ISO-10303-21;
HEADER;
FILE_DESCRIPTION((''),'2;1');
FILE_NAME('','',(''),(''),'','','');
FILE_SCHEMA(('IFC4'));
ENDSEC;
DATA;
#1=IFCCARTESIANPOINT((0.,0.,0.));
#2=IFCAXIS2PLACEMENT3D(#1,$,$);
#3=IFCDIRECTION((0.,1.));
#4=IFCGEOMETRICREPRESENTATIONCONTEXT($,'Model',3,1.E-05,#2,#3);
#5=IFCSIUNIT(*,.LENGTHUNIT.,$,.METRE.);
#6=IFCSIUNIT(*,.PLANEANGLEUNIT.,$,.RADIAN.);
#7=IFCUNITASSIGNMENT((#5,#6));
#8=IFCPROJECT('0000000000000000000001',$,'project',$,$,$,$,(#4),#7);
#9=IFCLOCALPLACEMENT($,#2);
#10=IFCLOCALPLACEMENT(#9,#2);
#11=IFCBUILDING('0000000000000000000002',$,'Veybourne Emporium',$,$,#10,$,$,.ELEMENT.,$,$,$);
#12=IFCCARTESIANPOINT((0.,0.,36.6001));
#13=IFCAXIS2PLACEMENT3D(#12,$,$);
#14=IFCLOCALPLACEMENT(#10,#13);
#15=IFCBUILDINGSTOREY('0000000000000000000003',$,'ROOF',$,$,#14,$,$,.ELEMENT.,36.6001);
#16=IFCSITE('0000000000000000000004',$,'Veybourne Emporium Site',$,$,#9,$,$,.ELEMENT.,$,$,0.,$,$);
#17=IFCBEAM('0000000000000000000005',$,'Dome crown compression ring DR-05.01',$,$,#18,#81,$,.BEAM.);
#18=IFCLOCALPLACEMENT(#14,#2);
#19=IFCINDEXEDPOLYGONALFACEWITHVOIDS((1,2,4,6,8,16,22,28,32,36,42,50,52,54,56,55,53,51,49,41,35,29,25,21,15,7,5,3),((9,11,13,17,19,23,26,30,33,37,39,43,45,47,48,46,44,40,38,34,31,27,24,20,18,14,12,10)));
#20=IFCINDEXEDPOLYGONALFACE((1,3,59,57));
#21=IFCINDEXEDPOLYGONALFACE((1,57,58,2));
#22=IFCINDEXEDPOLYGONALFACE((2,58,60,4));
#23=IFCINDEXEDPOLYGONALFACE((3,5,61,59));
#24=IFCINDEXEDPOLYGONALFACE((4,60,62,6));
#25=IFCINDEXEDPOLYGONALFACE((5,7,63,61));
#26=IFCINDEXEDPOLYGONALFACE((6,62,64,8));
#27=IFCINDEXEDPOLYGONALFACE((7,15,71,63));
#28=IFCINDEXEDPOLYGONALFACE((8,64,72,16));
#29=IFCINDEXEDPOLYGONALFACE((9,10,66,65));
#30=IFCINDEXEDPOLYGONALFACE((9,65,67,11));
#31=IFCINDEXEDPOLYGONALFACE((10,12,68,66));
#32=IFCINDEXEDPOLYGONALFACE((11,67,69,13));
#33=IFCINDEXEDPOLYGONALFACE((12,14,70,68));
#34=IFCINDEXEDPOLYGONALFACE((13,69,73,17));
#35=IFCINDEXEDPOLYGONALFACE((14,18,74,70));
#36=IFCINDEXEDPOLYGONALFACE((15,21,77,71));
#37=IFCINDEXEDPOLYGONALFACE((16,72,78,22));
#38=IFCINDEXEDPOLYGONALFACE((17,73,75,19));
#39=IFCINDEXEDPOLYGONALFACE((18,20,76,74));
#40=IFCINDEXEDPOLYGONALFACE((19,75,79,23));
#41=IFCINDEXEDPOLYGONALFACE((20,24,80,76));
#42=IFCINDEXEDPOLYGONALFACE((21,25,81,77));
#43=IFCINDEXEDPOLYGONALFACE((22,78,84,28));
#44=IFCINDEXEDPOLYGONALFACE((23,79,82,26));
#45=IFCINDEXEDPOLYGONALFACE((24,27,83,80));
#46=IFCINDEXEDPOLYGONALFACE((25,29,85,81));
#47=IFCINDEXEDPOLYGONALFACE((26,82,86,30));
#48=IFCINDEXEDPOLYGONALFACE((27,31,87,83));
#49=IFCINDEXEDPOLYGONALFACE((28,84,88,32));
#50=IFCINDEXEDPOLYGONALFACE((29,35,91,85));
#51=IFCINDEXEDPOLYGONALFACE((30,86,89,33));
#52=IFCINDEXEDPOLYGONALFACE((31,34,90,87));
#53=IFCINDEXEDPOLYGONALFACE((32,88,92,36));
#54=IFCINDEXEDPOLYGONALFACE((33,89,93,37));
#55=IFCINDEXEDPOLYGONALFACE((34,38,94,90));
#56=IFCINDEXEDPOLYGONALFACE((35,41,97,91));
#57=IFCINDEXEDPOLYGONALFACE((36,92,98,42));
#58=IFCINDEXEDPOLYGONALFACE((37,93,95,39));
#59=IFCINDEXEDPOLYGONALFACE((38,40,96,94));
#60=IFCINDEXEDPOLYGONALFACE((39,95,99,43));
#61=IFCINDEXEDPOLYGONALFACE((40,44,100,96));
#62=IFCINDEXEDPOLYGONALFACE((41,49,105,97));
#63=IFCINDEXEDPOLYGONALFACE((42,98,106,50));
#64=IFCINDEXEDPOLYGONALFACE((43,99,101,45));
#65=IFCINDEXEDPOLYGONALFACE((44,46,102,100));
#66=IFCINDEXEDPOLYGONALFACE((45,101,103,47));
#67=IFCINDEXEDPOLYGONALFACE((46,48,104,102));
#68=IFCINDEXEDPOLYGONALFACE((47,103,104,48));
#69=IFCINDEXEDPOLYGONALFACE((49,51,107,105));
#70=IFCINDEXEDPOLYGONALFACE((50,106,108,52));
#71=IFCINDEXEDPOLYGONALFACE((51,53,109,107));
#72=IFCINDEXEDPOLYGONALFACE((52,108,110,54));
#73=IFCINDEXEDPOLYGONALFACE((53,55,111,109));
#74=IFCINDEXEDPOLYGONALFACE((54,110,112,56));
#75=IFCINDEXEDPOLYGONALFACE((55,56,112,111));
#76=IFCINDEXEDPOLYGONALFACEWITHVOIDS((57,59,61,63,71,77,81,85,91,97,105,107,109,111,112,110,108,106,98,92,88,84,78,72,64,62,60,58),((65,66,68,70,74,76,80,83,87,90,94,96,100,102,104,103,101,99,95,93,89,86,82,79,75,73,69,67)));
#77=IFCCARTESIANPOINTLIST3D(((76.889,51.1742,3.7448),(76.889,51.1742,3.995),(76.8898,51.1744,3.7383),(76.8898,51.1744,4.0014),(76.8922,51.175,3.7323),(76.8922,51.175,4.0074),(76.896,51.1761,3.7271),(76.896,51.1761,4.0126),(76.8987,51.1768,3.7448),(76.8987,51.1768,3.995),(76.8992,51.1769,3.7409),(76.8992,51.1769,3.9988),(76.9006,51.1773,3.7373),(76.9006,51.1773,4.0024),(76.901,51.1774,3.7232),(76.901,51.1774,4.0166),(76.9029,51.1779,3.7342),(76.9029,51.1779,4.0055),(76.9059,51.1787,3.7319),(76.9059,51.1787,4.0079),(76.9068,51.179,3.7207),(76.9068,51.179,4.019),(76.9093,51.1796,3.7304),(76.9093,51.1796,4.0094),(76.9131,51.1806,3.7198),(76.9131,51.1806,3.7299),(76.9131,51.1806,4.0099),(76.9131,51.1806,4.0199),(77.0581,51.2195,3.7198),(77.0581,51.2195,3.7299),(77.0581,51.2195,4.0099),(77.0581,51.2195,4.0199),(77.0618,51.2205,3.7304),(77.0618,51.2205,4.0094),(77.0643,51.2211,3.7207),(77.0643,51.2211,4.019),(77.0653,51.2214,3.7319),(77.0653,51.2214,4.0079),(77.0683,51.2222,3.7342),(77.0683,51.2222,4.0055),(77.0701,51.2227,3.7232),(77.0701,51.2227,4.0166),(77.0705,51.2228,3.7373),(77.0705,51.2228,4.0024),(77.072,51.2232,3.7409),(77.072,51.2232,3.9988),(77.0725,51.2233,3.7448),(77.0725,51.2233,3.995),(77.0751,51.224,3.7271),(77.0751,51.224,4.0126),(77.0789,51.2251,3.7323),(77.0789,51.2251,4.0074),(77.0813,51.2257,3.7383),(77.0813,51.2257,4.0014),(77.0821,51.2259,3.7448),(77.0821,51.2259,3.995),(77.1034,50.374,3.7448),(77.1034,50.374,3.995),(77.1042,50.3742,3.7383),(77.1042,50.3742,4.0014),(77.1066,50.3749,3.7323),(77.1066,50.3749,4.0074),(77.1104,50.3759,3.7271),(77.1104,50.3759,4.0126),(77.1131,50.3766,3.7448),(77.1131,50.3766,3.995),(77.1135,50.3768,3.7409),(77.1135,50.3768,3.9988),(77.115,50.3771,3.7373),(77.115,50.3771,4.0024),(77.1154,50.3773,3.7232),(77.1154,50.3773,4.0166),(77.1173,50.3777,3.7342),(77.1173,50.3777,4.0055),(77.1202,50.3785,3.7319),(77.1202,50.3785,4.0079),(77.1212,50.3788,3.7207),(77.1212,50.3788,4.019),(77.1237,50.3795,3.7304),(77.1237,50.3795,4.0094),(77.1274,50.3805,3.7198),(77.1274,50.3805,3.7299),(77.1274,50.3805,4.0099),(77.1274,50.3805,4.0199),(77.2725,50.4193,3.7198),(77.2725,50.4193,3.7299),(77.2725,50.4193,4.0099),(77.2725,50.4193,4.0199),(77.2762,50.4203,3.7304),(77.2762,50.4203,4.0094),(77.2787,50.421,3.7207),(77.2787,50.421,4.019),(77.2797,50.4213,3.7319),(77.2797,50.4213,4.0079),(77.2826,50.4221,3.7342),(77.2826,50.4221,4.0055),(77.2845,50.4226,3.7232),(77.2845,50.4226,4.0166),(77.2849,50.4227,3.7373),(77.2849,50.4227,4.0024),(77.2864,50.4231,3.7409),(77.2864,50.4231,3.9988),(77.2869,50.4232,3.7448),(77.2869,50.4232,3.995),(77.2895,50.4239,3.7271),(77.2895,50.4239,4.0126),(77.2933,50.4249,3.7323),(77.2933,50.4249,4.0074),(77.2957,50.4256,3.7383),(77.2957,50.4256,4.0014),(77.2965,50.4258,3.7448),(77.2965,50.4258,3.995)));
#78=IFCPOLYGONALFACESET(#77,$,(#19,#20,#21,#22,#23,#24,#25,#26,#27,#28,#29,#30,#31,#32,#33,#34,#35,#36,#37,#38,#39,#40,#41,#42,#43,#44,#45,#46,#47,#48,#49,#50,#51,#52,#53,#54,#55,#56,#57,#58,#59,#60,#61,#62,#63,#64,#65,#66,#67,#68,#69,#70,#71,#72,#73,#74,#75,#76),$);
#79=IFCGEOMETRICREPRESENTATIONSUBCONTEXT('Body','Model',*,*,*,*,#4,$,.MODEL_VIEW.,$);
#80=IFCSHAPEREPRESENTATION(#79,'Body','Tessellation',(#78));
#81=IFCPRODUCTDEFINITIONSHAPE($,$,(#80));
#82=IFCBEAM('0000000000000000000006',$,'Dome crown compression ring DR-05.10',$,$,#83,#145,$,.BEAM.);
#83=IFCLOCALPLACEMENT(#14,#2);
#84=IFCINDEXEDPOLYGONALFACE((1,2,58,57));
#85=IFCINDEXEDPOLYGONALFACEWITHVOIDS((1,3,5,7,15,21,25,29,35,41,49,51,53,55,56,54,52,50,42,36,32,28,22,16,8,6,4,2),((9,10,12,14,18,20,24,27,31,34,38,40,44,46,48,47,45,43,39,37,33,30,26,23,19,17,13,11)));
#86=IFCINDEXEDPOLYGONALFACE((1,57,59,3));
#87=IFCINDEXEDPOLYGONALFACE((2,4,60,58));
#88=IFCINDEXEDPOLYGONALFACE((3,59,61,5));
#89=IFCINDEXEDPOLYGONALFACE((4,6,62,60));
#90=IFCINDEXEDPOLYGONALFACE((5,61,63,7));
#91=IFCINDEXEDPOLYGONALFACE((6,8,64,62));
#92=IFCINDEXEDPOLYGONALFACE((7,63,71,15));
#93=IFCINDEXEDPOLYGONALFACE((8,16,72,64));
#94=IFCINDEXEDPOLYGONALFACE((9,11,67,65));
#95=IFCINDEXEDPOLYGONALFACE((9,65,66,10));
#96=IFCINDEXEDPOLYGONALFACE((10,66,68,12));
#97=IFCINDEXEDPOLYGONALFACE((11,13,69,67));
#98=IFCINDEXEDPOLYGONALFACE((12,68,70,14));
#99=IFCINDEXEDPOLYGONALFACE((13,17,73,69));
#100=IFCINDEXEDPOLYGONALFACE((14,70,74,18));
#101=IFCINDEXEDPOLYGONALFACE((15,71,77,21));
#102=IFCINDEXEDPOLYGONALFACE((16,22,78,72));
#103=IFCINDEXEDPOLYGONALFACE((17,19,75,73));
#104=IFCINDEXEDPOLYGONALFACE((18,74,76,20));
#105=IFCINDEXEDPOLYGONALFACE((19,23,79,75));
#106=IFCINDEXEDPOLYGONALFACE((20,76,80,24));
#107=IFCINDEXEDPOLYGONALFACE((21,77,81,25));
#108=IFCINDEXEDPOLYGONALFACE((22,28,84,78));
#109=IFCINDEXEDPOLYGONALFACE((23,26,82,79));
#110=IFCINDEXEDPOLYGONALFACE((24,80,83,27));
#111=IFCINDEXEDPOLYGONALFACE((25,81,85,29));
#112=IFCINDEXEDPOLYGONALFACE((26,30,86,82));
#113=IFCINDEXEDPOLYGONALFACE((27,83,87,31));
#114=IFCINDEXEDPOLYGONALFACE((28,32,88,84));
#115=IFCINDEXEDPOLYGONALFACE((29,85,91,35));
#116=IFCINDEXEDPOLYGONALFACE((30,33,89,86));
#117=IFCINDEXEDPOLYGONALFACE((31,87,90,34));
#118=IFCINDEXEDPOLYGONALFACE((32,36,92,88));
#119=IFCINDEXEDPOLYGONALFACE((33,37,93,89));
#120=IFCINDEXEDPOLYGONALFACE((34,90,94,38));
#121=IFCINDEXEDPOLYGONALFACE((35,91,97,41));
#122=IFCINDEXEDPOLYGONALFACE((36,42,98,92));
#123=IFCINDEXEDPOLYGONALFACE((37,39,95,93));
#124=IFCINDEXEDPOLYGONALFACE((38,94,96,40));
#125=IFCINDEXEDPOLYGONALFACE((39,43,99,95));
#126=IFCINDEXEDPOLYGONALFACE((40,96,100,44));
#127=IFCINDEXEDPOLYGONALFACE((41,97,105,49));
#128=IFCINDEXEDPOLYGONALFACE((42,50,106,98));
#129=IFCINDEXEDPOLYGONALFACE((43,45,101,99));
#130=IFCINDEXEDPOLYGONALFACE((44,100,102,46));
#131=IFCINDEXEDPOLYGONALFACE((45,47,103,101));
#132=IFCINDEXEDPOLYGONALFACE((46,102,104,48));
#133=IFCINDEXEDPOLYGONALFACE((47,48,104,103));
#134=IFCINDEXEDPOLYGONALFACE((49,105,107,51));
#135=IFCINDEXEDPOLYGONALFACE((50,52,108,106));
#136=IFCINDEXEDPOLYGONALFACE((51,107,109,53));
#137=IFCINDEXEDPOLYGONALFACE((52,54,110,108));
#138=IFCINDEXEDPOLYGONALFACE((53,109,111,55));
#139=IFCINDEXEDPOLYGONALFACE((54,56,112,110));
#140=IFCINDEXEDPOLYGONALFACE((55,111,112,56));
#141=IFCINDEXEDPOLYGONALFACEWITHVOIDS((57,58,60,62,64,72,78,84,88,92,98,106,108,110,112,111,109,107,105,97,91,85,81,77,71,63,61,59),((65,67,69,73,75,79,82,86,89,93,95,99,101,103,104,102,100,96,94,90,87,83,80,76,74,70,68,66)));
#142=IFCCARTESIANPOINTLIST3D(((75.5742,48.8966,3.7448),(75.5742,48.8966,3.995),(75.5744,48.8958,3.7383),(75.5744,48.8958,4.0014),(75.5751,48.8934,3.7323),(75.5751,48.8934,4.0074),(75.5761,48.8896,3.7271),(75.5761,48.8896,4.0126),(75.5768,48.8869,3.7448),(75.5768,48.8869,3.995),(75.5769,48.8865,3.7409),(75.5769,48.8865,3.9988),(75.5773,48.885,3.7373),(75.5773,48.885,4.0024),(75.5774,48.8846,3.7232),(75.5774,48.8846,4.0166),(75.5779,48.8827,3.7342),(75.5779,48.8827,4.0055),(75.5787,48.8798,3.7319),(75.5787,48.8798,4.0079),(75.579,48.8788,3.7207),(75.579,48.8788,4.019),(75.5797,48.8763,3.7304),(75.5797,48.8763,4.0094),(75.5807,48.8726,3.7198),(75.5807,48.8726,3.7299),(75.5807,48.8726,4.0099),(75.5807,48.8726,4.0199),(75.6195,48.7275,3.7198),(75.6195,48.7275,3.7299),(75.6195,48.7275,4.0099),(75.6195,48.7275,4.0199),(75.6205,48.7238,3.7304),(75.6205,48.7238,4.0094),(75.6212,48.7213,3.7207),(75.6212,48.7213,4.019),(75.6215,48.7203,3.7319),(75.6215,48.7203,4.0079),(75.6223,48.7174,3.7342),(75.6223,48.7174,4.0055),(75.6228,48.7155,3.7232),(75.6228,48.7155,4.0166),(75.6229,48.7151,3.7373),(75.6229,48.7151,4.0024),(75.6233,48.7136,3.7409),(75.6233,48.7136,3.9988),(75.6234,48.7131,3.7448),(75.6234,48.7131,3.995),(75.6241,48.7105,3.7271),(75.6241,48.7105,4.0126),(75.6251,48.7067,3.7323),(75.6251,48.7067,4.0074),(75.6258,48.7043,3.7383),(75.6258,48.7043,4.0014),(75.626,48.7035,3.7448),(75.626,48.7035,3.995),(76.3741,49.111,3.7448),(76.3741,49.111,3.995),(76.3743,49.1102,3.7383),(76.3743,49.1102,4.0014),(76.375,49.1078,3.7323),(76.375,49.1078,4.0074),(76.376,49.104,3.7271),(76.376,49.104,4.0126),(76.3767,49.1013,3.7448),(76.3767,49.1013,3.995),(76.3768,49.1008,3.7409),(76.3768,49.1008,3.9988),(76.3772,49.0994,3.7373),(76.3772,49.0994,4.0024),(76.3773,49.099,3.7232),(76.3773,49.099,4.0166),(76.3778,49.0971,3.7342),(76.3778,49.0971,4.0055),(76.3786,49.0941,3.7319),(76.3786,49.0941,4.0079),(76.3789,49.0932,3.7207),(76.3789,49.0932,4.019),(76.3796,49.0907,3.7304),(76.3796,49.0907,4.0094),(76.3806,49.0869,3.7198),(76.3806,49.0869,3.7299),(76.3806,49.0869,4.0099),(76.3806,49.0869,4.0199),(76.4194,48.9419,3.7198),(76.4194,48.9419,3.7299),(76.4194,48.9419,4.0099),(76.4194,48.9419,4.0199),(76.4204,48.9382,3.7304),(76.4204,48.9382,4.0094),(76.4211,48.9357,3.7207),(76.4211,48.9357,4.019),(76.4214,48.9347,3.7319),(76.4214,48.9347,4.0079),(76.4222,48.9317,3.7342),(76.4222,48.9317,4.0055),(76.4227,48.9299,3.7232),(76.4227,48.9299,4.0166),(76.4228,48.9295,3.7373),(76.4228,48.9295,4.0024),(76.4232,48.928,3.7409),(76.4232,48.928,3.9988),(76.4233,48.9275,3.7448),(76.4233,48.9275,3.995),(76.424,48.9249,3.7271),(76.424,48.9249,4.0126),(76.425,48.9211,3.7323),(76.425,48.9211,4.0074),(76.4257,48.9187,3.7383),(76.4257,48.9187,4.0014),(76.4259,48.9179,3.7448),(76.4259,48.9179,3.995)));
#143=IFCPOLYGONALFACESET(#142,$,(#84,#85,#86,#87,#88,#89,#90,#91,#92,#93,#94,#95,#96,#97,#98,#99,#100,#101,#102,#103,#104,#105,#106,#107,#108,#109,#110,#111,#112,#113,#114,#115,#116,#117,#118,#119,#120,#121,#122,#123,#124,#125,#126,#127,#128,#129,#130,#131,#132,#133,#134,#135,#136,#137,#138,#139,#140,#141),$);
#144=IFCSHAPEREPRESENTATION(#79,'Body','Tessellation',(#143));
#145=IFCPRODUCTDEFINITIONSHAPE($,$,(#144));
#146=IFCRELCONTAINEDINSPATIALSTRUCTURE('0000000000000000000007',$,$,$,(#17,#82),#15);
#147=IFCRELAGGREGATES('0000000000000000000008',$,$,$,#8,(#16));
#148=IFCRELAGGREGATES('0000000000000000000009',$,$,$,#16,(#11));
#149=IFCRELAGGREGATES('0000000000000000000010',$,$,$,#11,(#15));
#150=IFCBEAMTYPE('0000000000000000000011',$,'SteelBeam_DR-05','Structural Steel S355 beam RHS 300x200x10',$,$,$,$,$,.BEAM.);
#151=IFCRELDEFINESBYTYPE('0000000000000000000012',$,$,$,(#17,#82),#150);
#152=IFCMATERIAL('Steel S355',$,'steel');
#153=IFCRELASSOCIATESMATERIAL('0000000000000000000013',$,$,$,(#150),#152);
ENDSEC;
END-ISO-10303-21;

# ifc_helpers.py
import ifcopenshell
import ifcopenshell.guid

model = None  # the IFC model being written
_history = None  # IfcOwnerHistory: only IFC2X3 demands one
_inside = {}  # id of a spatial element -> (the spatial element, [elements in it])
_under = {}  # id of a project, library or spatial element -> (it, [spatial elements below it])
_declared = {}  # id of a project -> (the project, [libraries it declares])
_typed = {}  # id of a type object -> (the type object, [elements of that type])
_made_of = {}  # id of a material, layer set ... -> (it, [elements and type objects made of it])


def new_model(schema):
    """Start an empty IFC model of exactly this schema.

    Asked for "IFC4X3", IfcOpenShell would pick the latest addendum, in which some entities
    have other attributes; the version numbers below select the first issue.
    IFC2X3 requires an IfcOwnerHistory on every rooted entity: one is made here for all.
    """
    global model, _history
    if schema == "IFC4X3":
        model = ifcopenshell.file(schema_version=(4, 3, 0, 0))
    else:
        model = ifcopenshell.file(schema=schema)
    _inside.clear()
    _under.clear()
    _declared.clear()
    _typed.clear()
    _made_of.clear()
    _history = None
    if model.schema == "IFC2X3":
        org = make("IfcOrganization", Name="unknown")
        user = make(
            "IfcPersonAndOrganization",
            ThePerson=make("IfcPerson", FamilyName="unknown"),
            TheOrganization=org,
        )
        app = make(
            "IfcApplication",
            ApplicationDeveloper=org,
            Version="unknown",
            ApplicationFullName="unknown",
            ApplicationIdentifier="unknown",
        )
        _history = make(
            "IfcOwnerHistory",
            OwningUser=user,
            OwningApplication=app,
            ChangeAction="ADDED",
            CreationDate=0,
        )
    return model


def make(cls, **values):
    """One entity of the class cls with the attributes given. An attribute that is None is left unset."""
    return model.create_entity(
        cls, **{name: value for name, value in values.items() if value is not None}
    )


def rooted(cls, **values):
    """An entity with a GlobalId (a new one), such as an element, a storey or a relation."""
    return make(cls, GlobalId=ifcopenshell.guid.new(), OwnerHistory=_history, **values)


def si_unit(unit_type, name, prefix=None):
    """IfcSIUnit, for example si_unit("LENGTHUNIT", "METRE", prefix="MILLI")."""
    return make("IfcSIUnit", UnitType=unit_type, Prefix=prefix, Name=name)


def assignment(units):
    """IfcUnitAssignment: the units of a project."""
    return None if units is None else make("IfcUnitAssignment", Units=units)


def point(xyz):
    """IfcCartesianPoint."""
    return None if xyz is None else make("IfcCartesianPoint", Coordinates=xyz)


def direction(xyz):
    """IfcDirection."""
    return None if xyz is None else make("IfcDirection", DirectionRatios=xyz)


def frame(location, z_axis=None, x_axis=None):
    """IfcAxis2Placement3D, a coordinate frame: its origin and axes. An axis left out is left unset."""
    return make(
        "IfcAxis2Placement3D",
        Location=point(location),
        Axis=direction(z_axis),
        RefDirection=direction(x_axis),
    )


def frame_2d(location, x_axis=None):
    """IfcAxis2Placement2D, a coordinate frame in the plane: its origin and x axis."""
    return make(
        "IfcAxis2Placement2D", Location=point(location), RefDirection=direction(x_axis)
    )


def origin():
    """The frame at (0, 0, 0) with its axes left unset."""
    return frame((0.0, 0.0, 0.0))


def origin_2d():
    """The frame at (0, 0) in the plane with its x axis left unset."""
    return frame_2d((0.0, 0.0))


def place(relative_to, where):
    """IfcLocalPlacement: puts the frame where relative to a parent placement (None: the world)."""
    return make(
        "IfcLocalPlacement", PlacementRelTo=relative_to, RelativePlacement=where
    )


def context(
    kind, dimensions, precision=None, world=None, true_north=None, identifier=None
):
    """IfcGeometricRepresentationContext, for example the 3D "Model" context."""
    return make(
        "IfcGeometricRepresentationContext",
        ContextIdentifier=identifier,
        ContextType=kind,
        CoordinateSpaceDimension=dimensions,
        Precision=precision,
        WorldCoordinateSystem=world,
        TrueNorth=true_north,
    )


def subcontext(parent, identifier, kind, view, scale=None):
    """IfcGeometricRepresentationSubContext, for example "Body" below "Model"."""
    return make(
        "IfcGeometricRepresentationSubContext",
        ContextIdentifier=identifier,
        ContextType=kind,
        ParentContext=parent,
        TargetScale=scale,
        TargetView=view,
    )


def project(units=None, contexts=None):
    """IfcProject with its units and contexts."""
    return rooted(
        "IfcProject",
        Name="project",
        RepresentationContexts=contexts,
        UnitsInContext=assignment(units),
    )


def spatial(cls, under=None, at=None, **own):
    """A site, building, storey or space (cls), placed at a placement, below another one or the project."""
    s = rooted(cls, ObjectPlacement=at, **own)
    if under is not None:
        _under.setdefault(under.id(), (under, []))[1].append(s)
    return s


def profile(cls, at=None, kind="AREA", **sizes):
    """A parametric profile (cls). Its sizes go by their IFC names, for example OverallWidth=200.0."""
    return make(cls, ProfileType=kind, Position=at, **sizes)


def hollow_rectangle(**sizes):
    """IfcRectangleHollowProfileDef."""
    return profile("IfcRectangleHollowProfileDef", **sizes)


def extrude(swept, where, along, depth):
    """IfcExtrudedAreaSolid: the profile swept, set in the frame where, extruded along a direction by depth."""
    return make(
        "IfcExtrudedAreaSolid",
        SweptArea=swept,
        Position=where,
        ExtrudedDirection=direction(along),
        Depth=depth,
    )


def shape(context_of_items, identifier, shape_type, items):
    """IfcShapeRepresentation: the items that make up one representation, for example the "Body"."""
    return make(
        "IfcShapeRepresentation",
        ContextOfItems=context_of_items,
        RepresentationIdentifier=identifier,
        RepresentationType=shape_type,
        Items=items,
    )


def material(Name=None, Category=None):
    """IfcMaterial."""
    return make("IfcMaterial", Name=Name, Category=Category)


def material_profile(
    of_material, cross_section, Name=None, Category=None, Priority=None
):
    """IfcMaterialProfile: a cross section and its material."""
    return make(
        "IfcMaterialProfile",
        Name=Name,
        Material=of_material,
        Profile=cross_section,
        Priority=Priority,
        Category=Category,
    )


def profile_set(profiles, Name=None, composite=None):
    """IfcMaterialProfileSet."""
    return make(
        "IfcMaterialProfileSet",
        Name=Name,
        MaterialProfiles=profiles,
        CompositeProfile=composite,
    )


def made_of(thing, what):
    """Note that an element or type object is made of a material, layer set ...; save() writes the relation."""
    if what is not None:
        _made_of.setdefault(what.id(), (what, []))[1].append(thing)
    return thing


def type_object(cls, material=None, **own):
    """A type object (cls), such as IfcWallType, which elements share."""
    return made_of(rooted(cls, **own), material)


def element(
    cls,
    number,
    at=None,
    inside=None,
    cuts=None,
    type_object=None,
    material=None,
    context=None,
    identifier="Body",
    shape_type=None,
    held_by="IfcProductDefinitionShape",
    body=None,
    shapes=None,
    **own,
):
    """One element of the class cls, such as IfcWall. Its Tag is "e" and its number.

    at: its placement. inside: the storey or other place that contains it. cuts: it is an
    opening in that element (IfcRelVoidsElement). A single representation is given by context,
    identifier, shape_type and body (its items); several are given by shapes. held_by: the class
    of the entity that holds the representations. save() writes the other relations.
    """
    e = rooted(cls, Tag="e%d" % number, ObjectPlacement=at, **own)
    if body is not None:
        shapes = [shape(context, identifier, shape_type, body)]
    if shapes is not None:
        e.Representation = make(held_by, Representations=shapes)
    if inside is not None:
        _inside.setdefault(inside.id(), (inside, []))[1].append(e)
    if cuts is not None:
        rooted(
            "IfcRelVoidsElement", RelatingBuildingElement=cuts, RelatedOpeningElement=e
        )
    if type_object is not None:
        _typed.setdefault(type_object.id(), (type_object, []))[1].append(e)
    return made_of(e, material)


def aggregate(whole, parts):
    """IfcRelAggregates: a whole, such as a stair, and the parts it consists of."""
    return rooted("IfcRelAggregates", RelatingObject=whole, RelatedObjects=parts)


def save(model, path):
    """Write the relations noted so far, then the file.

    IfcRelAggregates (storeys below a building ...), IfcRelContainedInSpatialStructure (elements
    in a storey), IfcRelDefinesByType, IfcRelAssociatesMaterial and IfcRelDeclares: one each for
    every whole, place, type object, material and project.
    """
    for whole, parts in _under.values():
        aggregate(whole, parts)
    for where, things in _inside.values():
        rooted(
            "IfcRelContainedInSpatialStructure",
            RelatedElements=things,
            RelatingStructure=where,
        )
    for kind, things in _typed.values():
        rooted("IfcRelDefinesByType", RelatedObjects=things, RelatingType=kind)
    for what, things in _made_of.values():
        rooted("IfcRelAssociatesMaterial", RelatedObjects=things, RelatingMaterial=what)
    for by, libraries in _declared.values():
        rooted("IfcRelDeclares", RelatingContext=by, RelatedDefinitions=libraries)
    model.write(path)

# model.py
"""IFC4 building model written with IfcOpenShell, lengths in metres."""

from ifc_helpers import new_model, si_unit, direction, frame, origin, origin_2d, place, context, subcontext, project, spatial, hollow_rectangle, extrude, material, material_profile, profile_set, type_object, element, save


model = new_model("IFC4")

# Units and contexts
model_context = context("Model", 3, precision=1e-05, world=origin(), true_north=direction((0.0, 1.0)))
body_context = subcontext(model_context, "Body", "Model", "MODEL_VIEW")
ifc_project = project(units=[si_unit("LENGTHUNIT", "METRE"), si_unit("PLANEANGLEUNIT", "RADIAN")], contexts=[model_context])

# Site, building, storey
site_placement = place(None, origin())
site = spatial("IfcSite", under=ifc_project, at=site_placement, Name="Veybourne Emporium Site", CompositionType="ELEMENT", RefElevation=0.0)
building_placement = place(site_placement, origin())
building = spatial("IfcBuilding", under=site, at=building_placement, Name="Veybourne Emporium", CompositionType="ELEMENT")
storey_placement = place(building_placement, frame((0.0, 0.0, 36.6001)))
storey = spatial("IfcBuildingStorey", under=building, at=storey_placement, Name="ROOF", CompositionType="ELEMENT", Elevation=36.6001)

# Beams
ifc_material_1 = material(Name="Steel S355", Category="steel")
ifc_material_profile_1 = material_profile(ifc_material_1, hollow_rectangle(XDim=0.2, YDim=0.3, WallThickness=0.01, InnerFilletRadius=0.0149, OuterFilletRadius=0.0249, at=origin_2d()), Name="RHS 300x200x10")
ifc_profile_set_1 = profile_set([ifc_material_profile_1], Name="Steel S355")
beam_type_1 = type_object("IfcBeamType", Name="SteelBeam_DR-05", Description="Structural Steel S355 beam RHS 300x200x10", PredefinedType="BEAM", material=ifc_profile_set_1)
beam_1_placement = place(storey_placement, frame((77.2, 50.3999, 3.8699), z_axis=(-0.2588, 0.965931, 0.0), x_axis=(-0.965931, -0.2588, 0.0)))
element("IfcBeam", 1, at=beam_1_placement, inside=storey, type_object=beam_type_1, Name="Dome crown compression ring DR-05.01", PredefinedType="BEAM", context=body_context, shape_type="SweptSolid", body=[
    extrude(hollow_rectangle(XDim=0.2, YDim=0.3, WallThickness=0.01, InnerFilletRadius=0.0149, OuterFilletRadius=0.0249, at=origin_2d()), origin(), (0.0, 0.0, 1.0), 0.8284),
])
beam_2_placement = place(storey_placement, frame((75.6001, 48.8, 3.8699), z_axis=(0.965911, 0.258874, 0.0), x_axis=(-0.258874, 0.965911, 0.0)))
element("IfcBeam", 2, at=beam_2_placement, inside=storey, type_object=beam_type_1, Name="Dome crown compression ring DR-05.10", PredefinedType="BEAM", context=body_context, shape_type="SweptSolid", body=[
    extrude(hollow_rectangle(XDim=0.2, YDim=0.3, WallThickness=0.01, InnerFilletRadius=0.0149, OuterFilletRadius=0.0249, at=origin_2d()), origin(), (0.0, 0.0, 1.0), 0.8281),
])

save(model, "model.ifc")
